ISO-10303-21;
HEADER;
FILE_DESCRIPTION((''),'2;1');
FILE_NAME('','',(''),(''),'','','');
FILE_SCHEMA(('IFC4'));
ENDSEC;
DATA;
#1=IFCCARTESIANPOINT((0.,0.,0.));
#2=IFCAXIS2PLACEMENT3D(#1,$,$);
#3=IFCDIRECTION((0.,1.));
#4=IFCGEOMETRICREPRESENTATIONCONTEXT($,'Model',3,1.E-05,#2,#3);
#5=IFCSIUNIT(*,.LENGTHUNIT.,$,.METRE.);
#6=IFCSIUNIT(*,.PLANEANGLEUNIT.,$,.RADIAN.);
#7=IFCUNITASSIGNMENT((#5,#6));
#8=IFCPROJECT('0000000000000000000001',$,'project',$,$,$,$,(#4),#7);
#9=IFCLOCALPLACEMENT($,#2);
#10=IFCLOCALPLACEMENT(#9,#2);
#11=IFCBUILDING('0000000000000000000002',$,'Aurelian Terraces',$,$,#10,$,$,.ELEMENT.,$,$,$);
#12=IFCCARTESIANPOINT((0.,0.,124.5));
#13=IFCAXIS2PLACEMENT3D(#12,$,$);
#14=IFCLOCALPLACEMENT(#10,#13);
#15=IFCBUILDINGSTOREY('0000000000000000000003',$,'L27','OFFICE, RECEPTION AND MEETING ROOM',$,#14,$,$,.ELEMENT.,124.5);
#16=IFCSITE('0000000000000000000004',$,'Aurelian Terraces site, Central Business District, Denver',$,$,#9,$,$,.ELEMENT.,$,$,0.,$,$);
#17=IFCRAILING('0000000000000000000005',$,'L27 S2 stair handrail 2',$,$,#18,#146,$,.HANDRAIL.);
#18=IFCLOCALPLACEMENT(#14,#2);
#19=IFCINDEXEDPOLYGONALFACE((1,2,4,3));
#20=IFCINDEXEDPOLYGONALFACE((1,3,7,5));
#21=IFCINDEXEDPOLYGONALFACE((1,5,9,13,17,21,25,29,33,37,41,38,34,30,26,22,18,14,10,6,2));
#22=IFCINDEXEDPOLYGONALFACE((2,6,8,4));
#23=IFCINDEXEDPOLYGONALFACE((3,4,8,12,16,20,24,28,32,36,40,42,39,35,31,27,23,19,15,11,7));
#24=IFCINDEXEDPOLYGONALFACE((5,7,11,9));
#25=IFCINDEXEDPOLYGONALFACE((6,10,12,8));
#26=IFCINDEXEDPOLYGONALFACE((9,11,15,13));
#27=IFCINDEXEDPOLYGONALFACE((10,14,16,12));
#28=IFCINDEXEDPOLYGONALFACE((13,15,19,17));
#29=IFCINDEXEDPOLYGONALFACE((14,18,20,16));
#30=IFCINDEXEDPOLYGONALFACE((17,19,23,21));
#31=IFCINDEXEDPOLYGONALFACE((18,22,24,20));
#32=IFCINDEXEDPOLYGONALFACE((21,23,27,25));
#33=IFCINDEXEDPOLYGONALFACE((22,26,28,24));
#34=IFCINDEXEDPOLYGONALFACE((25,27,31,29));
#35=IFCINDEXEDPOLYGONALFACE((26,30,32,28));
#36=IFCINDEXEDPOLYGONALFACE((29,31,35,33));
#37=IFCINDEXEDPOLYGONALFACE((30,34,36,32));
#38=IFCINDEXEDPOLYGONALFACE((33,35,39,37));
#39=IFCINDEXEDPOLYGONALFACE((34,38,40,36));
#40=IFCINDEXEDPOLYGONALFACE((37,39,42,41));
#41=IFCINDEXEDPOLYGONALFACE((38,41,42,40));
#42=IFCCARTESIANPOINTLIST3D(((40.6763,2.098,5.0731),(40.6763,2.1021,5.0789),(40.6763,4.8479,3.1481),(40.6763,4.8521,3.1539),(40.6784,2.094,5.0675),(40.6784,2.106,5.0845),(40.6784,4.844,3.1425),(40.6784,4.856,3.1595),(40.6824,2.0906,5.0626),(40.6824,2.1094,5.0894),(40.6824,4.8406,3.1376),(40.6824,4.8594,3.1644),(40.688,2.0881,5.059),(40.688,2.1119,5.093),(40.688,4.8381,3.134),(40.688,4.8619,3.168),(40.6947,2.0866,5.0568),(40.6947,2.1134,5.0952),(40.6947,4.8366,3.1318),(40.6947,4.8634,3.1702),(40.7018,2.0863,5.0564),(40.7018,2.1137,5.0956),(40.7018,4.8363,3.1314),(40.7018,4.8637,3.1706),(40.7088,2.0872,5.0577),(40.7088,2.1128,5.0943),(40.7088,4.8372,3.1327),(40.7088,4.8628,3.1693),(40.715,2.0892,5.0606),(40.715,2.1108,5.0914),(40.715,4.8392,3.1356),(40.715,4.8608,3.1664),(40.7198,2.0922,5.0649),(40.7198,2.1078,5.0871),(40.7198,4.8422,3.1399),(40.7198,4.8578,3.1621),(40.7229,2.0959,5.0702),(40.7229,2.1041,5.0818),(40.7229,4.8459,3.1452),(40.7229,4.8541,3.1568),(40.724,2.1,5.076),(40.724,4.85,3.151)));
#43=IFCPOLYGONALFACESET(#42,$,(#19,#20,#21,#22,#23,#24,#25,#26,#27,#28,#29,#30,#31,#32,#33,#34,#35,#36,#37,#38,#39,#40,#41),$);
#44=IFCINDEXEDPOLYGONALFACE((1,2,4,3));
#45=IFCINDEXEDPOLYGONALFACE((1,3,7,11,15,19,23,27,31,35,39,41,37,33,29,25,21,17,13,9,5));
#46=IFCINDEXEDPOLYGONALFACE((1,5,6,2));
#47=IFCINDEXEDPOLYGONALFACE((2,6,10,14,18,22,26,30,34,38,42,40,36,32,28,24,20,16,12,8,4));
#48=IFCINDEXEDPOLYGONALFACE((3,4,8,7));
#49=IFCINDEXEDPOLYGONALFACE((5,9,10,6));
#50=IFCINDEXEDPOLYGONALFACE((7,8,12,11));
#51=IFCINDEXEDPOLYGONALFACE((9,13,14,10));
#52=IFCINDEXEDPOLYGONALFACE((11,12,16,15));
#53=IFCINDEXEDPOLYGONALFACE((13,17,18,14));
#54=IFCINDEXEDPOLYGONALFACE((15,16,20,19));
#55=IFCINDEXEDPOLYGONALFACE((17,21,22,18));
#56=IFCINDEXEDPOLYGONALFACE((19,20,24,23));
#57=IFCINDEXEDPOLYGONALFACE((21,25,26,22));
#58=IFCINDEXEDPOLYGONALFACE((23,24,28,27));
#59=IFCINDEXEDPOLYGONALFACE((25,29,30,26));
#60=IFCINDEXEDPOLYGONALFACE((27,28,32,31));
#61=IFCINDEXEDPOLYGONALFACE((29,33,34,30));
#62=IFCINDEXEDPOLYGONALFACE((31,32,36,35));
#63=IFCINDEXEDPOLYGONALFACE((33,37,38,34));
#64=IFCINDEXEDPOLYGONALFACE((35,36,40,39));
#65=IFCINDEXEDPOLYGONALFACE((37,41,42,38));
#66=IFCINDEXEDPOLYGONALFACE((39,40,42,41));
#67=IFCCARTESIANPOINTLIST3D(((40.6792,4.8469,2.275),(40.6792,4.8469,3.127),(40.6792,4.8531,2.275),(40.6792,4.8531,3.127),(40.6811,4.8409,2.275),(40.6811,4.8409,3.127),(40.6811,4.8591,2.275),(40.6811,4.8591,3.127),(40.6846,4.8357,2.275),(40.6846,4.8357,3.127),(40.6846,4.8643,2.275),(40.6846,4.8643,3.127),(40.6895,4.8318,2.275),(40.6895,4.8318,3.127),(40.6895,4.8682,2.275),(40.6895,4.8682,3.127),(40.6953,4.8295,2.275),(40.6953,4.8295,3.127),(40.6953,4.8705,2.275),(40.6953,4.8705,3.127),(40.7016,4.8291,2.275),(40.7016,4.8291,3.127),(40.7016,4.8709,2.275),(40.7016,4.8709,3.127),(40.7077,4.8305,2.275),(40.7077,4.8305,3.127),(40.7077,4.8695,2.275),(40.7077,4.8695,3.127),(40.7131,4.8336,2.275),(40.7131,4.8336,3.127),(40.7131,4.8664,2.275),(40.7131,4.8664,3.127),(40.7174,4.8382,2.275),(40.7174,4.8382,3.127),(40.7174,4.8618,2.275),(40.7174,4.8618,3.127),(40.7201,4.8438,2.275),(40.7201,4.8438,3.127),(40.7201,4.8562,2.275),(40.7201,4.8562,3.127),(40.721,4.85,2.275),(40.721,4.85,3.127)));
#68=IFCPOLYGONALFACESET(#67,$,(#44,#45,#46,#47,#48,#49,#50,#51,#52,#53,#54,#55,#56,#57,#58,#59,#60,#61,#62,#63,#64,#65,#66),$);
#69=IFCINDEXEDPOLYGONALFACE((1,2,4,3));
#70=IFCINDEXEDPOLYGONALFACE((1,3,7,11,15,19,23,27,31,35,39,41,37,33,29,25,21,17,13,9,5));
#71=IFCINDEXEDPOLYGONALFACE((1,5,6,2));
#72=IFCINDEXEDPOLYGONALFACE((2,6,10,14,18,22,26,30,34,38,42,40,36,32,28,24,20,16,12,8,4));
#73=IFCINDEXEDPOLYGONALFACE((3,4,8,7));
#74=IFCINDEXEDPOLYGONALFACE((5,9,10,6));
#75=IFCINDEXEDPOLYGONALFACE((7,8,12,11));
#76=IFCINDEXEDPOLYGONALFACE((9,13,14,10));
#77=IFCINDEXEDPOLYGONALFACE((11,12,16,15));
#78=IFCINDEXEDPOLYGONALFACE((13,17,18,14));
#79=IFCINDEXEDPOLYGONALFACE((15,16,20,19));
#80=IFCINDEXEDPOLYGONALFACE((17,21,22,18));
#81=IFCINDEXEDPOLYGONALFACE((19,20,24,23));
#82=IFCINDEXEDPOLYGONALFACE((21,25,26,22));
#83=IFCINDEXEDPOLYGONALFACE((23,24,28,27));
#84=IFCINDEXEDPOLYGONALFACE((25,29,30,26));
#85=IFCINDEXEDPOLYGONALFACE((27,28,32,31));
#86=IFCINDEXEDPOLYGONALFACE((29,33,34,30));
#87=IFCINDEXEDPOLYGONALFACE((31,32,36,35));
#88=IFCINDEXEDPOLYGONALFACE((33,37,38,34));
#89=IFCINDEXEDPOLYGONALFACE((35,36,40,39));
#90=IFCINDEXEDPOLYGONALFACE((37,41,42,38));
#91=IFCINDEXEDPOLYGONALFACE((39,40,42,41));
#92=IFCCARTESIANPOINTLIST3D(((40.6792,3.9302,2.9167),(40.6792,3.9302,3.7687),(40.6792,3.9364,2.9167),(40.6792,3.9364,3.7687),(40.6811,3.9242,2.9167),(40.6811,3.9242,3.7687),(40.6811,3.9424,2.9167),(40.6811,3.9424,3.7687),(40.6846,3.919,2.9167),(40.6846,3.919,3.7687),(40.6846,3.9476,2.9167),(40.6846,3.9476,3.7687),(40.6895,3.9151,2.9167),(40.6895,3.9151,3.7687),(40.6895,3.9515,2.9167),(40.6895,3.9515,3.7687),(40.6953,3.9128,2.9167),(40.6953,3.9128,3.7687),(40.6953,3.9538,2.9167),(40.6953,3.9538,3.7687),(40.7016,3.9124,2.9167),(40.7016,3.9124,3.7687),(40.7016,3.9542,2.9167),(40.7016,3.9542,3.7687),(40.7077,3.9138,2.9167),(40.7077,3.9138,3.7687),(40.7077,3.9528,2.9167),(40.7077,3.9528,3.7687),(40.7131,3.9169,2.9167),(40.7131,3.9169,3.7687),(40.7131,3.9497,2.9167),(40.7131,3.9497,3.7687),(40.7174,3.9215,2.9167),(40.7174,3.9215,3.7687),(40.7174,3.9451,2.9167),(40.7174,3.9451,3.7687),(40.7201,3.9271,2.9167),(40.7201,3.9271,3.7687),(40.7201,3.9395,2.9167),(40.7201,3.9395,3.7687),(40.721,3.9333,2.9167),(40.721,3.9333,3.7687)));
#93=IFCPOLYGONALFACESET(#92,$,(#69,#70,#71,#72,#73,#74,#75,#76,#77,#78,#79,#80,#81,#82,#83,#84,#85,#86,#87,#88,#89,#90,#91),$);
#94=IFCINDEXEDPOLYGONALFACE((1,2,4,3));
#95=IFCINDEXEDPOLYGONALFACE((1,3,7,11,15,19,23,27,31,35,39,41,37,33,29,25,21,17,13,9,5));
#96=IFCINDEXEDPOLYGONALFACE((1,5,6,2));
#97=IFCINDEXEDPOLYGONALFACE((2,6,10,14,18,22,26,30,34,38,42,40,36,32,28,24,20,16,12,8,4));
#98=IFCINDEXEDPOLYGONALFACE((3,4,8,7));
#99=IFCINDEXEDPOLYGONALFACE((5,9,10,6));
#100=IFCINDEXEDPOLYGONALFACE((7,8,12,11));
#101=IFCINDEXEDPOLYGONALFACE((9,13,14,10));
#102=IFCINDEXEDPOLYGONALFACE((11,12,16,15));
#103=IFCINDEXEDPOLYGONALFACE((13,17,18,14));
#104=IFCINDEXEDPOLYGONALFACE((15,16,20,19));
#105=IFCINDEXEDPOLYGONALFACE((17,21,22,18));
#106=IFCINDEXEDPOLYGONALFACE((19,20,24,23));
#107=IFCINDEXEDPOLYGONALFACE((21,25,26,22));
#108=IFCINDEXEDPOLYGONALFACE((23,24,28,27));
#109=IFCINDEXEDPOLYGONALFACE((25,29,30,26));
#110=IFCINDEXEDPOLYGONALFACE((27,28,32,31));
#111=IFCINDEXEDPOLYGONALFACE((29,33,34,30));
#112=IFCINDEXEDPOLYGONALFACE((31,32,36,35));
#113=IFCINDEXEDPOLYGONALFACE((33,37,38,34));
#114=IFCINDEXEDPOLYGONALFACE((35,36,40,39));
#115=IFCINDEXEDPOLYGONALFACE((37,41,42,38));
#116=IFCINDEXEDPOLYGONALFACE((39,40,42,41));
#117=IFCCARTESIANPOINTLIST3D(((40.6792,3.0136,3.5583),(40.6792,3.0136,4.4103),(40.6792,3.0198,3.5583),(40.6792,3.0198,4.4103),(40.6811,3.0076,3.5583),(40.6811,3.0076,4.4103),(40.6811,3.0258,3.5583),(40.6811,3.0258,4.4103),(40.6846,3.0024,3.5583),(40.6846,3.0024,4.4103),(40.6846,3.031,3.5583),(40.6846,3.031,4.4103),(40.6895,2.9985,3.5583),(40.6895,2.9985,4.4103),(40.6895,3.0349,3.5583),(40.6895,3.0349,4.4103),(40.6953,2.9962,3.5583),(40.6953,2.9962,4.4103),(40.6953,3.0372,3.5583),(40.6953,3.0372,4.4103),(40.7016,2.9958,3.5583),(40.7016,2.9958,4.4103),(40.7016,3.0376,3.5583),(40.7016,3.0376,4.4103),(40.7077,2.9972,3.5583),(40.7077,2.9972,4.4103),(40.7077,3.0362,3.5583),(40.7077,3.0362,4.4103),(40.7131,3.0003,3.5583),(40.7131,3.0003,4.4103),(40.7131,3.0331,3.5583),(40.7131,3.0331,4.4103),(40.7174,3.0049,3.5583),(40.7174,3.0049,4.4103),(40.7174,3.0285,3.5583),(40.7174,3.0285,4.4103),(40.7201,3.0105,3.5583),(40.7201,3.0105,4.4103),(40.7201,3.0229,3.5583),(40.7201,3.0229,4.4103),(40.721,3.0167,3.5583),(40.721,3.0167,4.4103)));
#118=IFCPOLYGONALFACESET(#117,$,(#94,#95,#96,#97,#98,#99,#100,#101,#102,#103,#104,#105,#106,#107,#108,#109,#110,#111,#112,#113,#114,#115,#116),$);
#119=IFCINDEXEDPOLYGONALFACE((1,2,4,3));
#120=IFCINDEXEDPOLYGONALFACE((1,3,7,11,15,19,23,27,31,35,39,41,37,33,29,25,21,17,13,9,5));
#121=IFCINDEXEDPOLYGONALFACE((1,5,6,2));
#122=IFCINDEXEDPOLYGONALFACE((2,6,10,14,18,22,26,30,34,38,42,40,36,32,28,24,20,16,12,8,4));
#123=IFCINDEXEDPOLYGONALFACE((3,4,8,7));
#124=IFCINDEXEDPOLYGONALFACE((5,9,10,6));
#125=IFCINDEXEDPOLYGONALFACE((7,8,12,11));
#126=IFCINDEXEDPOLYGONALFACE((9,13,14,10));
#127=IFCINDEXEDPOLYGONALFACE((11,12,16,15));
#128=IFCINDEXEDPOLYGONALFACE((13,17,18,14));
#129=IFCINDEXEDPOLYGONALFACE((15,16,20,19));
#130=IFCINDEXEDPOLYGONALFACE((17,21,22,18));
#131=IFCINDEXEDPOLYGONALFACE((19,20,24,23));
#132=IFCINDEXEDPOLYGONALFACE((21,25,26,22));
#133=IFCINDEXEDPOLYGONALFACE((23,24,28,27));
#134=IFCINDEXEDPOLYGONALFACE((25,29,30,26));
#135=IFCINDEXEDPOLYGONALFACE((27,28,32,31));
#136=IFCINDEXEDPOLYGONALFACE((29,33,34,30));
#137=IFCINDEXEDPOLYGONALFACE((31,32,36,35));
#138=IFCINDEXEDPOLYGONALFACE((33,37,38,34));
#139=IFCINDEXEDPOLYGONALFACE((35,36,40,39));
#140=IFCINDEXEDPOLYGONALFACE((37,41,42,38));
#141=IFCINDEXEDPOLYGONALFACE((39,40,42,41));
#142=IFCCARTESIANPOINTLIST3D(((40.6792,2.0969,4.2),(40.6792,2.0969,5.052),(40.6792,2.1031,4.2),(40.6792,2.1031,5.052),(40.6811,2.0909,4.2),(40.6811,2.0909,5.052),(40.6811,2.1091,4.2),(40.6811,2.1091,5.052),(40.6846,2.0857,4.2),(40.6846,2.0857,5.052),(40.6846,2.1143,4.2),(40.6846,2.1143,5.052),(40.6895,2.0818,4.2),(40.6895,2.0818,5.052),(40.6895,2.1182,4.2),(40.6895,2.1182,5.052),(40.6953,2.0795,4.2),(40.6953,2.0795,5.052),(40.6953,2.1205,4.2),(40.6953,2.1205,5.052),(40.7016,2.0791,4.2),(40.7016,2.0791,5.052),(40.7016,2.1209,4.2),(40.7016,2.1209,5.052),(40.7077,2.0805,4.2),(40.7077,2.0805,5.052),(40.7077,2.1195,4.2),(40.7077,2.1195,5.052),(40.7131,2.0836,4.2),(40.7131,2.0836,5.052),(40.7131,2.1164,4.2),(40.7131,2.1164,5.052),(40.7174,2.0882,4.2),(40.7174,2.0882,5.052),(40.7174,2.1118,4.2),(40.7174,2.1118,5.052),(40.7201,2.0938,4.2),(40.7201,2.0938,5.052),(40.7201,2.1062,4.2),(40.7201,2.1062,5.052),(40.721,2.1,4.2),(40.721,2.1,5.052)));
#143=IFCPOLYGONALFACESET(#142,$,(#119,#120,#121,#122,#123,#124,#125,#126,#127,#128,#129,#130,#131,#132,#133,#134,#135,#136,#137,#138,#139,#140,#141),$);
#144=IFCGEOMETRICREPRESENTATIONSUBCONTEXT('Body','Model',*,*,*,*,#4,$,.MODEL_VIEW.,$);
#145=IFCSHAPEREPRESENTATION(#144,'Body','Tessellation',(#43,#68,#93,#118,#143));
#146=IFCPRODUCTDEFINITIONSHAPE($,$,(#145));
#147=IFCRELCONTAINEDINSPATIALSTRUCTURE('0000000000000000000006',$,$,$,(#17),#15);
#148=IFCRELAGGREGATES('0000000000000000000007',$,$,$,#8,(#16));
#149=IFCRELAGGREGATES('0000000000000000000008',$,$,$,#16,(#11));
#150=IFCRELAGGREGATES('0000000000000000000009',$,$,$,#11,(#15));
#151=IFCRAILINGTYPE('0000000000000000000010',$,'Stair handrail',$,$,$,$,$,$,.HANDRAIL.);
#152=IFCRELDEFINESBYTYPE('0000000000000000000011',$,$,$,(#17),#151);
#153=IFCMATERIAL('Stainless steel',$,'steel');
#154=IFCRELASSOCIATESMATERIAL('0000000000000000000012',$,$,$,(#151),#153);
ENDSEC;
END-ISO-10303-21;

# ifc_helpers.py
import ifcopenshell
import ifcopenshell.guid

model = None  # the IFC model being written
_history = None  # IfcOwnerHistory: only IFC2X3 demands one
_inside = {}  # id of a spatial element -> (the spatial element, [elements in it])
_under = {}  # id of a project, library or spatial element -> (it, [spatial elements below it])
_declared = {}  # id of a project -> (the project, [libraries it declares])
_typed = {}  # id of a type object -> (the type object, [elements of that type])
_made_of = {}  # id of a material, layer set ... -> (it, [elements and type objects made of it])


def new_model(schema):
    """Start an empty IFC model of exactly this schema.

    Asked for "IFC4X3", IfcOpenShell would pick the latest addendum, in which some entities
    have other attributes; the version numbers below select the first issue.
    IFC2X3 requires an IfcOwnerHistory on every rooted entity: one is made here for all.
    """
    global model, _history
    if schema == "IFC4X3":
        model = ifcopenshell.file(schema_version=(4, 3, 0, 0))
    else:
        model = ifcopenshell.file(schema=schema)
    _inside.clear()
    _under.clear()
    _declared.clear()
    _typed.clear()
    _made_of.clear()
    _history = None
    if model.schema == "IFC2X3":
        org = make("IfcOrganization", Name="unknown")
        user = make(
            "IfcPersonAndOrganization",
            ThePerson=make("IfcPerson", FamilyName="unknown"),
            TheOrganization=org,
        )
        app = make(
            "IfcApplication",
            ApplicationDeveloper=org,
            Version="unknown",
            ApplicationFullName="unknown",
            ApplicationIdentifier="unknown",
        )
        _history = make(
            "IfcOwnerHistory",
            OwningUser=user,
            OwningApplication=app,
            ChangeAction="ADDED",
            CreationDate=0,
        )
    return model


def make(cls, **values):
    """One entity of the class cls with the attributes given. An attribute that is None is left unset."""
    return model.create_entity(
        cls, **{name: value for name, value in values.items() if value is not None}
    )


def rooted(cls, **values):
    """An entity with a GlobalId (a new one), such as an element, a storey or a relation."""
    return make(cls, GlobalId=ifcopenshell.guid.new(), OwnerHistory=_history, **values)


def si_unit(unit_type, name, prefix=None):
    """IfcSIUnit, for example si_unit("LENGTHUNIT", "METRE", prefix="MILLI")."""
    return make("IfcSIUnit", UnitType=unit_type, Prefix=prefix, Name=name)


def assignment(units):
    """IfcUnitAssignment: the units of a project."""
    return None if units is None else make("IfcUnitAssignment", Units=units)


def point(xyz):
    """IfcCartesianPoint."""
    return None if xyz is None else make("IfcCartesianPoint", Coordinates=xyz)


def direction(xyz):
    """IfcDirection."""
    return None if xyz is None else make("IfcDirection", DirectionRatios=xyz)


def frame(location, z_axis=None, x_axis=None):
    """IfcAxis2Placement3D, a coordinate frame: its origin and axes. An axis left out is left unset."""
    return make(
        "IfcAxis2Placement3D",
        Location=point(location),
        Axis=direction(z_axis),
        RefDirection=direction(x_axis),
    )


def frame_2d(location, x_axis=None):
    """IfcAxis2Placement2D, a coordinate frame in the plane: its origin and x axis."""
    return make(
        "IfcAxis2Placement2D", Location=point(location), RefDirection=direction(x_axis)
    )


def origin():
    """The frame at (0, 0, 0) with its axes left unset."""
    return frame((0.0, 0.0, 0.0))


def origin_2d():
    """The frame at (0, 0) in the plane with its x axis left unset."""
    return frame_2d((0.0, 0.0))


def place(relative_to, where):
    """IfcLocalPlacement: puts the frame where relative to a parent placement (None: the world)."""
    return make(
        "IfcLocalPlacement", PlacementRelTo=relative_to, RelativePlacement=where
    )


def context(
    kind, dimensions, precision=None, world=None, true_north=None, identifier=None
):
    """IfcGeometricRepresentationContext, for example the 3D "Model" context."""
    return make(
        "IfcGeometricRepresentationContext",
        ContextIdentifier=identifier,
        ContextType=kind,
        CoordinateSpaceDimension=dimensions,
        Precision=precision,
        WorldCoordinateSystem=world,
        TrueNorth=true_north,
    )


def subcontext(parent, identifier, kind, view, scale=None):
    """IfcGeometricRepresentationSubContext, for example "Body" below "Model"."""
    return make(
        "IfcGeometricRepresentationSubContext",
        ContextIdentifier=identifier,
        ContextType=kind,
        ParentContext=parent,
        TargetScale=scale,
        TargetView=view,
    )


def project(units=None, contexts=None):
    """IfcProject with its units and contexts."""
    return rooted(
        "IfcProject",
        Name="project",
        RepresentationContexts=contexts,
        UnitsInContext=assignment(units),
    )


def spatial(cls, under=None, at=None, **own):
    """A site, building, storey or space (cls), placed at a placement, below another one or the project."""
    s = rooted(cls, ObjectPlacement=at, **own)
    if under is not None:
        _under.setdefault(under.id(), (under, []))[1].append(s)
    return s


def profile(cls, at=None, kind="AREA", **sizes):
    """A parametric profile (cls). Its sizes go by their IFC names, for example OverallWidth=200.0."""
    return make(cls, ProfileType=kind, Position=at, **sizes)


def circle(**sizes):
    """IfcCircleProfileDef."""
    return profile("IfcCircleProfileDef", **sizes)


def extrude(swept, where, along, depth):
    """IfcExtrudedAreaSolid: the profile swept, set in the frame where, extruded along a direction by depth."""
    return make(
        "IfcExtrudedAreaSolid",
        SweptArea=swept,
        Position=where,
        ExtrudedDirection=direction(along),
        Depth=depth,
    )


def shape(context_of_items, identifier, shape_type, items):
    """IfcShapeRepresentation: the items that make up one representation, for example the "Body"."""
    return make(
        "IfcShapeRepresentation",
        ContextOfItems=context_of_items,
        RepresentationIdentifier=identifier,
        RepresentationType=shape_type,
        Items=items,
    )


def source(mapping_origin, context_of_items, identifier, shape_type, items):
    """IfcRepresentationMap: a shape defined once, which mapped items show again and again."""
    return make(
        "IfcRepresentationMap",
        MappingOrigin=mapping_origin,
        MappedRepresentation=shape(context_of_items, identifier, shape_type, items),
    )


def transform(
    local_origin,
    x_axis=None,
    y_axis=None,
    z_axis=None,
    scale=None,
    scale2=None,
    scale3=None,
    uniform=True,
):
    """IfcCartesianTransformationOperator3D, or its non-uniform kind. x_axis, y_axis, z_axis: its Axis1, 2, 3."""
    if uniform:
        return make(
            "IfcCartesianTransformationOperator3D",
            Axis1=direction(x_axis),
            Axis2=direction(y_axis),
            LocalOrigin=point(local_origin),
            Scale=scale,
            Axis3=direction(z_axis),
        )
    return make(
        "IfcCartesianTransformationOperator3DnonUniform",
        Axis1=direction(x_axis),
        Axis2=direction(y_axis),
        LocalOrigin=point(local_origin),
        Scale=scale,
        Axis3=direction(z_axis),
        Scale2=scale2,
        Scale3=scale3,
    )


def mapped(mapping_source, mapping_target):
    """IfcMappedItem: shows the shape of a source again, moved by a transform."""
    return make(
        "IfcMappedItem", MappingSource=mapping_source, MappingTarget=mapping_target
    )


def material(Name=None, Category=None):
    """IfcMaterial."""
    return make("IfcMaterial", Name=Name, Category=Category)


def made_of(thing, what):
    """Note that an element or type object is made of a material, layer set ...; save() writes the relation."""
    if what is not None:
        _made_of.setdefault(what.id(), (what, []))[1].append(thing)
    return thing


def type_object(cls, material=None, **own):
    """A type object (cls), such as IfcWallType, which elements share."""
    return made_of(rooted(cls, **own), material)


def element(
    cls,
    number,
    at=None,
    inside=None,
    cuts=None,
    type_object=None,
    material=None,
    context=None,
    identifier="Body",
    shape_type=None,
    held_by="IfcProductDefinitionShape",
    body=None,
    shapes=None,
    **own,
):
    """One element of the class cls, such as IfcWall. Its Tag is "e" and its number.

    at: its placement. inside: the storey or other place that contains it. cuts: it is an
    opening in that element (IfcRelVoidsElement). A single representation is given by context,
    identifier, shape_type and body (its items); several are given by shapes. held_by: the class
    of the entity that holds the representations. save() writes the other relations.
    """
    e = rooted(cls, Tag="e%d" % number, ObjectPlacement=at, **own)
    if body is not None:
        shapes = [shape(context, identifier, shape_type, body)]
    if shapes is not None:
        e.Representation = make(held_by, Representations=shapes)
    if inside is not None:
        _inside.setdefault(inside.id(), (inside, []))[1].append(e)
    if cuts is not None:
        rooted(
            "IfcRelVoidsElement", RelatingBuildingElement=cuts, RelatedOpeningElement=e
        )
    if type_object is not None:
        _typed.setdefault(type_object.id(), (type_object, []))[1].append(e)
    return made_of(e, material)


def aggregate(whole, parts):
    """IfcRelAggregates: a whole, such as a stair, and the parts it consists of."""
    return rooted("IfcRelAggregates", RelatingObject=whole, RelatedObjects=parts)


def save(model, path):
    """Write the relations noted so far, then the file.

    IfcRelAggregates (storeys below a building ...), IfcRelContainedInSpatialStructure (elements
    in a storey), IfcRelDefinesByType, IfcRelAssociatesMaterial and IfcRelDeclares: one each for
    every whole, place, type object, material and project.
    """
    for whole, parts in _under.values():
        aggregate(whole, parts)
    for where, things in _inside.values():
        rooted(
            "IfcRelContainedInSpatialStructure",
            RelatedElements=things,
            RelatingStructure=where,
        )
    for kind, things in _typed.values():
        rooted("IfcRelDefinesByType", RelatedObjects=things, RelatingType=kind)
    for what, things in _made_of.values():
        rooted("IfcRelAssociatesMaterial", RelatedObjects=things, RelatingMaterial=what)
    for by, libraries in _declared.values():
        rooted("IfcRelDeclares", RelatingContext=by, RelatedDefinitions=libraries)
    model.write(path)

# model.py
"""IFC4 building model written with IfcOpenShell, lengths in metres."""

from ifc_helpers import new_model, si_unit, direction, frame, origin, origin_2d, place, context, subcontext, project, spatial, circle, extrude, source, transform, mapped, material, type_object, element, save


model = new_model("IFC4")

# Units and contexts
model_context = context("Model", 3, precision=1e-05, world=origin(), true_north=direction((0.0, 1.0)))
body_context = subcontext(model_context, "Body", "Model", "MODEL_VIEW")
ifc_project = project(units=[si_unit("LENGTHUNIT", "METRE"), si_unit("PLANEANGLEUNIT", "RADIAN")], contexts=[model_context])

# Site, building, storey
site_placement = place(None, origin())
site = spatial("IfcSite", under=ifc_project, at=site_placement, Name="Aurelian Terraces site, Central Business District, Denver", CompositionType="ELEMENT", RefElevation=0.0)
building_placement = place(site_placement, origin())
building = spatial("IfcBuilding", under=site, at=building_placement, Name="Aurelian Terraces", CompositionType="ELEMENT")
storey_placement = place(building_placement, frame((0.0, 0.0, 124.5)))
storey = spatial("IfcBuildingStorey", under=building, at=storey_placement, Name="L27", Description="OFFICE, RECEPTION AND MEETING ROOM", CompositionType="ELEMENT", Elevation=124.5)

# Railing
ifc_material_1 = material(Name="Stainless steel", Category="steel")
railing_type = type_object("IfcRailingType", Name="Stair handrail", PredefinedType="HANDRAIL", material=ifc_material_1)
shared_shape_1 = source(origin(), body_context, "Body", "SweptSolid", [
    extrude(circle(Radius=0.024, at=origin_2d()), frame((0.0, 0.0, 0.876), z_axis=(0.0, -0.819232, 0.573462), x_axis=(1.0, 0.0, 0.0)), (0.0, 0.0, 1.0), 3.3568),
    extrude(circle(Radius=0.021, at=origin_2d()), origin(), (0.0, 0.0, 1.0), 0.852),
    extrude(circle(Radius=0.021, at=origin_2d()), frame((0.0, -0.9167, 0.6417)), (0.0, 0.0, 1.0), 0.852),
    extrude(circle(Radius=0.021, at=origin_2d()), frame((0.0, -1.8333, 1.2833)), (0.0, 0.0, 1.0), 0.852),
    extrude(circle(Radius=0.021, at=origin_2d()), frame((0.0, -2.75, 1.925)), (0.0, 0.0, 1.0), 0.852),
])
railing_placement = place(storey_placement, frame((40.7, 4.85, 2.275)))
element("IfcRailing", 1, at=railing_placement, inside=storey, type_object=railing_type, Name="L27 S2 stair handrail 2", PredefinedType="HANDRAIL", context=body_context, shape_type="MappedRepresentation", body=[
    mapped(shared_shape_1, transform((0.0, 0.0, 0.0), scale=1.0)),
])

save(model, "model.ifc")
